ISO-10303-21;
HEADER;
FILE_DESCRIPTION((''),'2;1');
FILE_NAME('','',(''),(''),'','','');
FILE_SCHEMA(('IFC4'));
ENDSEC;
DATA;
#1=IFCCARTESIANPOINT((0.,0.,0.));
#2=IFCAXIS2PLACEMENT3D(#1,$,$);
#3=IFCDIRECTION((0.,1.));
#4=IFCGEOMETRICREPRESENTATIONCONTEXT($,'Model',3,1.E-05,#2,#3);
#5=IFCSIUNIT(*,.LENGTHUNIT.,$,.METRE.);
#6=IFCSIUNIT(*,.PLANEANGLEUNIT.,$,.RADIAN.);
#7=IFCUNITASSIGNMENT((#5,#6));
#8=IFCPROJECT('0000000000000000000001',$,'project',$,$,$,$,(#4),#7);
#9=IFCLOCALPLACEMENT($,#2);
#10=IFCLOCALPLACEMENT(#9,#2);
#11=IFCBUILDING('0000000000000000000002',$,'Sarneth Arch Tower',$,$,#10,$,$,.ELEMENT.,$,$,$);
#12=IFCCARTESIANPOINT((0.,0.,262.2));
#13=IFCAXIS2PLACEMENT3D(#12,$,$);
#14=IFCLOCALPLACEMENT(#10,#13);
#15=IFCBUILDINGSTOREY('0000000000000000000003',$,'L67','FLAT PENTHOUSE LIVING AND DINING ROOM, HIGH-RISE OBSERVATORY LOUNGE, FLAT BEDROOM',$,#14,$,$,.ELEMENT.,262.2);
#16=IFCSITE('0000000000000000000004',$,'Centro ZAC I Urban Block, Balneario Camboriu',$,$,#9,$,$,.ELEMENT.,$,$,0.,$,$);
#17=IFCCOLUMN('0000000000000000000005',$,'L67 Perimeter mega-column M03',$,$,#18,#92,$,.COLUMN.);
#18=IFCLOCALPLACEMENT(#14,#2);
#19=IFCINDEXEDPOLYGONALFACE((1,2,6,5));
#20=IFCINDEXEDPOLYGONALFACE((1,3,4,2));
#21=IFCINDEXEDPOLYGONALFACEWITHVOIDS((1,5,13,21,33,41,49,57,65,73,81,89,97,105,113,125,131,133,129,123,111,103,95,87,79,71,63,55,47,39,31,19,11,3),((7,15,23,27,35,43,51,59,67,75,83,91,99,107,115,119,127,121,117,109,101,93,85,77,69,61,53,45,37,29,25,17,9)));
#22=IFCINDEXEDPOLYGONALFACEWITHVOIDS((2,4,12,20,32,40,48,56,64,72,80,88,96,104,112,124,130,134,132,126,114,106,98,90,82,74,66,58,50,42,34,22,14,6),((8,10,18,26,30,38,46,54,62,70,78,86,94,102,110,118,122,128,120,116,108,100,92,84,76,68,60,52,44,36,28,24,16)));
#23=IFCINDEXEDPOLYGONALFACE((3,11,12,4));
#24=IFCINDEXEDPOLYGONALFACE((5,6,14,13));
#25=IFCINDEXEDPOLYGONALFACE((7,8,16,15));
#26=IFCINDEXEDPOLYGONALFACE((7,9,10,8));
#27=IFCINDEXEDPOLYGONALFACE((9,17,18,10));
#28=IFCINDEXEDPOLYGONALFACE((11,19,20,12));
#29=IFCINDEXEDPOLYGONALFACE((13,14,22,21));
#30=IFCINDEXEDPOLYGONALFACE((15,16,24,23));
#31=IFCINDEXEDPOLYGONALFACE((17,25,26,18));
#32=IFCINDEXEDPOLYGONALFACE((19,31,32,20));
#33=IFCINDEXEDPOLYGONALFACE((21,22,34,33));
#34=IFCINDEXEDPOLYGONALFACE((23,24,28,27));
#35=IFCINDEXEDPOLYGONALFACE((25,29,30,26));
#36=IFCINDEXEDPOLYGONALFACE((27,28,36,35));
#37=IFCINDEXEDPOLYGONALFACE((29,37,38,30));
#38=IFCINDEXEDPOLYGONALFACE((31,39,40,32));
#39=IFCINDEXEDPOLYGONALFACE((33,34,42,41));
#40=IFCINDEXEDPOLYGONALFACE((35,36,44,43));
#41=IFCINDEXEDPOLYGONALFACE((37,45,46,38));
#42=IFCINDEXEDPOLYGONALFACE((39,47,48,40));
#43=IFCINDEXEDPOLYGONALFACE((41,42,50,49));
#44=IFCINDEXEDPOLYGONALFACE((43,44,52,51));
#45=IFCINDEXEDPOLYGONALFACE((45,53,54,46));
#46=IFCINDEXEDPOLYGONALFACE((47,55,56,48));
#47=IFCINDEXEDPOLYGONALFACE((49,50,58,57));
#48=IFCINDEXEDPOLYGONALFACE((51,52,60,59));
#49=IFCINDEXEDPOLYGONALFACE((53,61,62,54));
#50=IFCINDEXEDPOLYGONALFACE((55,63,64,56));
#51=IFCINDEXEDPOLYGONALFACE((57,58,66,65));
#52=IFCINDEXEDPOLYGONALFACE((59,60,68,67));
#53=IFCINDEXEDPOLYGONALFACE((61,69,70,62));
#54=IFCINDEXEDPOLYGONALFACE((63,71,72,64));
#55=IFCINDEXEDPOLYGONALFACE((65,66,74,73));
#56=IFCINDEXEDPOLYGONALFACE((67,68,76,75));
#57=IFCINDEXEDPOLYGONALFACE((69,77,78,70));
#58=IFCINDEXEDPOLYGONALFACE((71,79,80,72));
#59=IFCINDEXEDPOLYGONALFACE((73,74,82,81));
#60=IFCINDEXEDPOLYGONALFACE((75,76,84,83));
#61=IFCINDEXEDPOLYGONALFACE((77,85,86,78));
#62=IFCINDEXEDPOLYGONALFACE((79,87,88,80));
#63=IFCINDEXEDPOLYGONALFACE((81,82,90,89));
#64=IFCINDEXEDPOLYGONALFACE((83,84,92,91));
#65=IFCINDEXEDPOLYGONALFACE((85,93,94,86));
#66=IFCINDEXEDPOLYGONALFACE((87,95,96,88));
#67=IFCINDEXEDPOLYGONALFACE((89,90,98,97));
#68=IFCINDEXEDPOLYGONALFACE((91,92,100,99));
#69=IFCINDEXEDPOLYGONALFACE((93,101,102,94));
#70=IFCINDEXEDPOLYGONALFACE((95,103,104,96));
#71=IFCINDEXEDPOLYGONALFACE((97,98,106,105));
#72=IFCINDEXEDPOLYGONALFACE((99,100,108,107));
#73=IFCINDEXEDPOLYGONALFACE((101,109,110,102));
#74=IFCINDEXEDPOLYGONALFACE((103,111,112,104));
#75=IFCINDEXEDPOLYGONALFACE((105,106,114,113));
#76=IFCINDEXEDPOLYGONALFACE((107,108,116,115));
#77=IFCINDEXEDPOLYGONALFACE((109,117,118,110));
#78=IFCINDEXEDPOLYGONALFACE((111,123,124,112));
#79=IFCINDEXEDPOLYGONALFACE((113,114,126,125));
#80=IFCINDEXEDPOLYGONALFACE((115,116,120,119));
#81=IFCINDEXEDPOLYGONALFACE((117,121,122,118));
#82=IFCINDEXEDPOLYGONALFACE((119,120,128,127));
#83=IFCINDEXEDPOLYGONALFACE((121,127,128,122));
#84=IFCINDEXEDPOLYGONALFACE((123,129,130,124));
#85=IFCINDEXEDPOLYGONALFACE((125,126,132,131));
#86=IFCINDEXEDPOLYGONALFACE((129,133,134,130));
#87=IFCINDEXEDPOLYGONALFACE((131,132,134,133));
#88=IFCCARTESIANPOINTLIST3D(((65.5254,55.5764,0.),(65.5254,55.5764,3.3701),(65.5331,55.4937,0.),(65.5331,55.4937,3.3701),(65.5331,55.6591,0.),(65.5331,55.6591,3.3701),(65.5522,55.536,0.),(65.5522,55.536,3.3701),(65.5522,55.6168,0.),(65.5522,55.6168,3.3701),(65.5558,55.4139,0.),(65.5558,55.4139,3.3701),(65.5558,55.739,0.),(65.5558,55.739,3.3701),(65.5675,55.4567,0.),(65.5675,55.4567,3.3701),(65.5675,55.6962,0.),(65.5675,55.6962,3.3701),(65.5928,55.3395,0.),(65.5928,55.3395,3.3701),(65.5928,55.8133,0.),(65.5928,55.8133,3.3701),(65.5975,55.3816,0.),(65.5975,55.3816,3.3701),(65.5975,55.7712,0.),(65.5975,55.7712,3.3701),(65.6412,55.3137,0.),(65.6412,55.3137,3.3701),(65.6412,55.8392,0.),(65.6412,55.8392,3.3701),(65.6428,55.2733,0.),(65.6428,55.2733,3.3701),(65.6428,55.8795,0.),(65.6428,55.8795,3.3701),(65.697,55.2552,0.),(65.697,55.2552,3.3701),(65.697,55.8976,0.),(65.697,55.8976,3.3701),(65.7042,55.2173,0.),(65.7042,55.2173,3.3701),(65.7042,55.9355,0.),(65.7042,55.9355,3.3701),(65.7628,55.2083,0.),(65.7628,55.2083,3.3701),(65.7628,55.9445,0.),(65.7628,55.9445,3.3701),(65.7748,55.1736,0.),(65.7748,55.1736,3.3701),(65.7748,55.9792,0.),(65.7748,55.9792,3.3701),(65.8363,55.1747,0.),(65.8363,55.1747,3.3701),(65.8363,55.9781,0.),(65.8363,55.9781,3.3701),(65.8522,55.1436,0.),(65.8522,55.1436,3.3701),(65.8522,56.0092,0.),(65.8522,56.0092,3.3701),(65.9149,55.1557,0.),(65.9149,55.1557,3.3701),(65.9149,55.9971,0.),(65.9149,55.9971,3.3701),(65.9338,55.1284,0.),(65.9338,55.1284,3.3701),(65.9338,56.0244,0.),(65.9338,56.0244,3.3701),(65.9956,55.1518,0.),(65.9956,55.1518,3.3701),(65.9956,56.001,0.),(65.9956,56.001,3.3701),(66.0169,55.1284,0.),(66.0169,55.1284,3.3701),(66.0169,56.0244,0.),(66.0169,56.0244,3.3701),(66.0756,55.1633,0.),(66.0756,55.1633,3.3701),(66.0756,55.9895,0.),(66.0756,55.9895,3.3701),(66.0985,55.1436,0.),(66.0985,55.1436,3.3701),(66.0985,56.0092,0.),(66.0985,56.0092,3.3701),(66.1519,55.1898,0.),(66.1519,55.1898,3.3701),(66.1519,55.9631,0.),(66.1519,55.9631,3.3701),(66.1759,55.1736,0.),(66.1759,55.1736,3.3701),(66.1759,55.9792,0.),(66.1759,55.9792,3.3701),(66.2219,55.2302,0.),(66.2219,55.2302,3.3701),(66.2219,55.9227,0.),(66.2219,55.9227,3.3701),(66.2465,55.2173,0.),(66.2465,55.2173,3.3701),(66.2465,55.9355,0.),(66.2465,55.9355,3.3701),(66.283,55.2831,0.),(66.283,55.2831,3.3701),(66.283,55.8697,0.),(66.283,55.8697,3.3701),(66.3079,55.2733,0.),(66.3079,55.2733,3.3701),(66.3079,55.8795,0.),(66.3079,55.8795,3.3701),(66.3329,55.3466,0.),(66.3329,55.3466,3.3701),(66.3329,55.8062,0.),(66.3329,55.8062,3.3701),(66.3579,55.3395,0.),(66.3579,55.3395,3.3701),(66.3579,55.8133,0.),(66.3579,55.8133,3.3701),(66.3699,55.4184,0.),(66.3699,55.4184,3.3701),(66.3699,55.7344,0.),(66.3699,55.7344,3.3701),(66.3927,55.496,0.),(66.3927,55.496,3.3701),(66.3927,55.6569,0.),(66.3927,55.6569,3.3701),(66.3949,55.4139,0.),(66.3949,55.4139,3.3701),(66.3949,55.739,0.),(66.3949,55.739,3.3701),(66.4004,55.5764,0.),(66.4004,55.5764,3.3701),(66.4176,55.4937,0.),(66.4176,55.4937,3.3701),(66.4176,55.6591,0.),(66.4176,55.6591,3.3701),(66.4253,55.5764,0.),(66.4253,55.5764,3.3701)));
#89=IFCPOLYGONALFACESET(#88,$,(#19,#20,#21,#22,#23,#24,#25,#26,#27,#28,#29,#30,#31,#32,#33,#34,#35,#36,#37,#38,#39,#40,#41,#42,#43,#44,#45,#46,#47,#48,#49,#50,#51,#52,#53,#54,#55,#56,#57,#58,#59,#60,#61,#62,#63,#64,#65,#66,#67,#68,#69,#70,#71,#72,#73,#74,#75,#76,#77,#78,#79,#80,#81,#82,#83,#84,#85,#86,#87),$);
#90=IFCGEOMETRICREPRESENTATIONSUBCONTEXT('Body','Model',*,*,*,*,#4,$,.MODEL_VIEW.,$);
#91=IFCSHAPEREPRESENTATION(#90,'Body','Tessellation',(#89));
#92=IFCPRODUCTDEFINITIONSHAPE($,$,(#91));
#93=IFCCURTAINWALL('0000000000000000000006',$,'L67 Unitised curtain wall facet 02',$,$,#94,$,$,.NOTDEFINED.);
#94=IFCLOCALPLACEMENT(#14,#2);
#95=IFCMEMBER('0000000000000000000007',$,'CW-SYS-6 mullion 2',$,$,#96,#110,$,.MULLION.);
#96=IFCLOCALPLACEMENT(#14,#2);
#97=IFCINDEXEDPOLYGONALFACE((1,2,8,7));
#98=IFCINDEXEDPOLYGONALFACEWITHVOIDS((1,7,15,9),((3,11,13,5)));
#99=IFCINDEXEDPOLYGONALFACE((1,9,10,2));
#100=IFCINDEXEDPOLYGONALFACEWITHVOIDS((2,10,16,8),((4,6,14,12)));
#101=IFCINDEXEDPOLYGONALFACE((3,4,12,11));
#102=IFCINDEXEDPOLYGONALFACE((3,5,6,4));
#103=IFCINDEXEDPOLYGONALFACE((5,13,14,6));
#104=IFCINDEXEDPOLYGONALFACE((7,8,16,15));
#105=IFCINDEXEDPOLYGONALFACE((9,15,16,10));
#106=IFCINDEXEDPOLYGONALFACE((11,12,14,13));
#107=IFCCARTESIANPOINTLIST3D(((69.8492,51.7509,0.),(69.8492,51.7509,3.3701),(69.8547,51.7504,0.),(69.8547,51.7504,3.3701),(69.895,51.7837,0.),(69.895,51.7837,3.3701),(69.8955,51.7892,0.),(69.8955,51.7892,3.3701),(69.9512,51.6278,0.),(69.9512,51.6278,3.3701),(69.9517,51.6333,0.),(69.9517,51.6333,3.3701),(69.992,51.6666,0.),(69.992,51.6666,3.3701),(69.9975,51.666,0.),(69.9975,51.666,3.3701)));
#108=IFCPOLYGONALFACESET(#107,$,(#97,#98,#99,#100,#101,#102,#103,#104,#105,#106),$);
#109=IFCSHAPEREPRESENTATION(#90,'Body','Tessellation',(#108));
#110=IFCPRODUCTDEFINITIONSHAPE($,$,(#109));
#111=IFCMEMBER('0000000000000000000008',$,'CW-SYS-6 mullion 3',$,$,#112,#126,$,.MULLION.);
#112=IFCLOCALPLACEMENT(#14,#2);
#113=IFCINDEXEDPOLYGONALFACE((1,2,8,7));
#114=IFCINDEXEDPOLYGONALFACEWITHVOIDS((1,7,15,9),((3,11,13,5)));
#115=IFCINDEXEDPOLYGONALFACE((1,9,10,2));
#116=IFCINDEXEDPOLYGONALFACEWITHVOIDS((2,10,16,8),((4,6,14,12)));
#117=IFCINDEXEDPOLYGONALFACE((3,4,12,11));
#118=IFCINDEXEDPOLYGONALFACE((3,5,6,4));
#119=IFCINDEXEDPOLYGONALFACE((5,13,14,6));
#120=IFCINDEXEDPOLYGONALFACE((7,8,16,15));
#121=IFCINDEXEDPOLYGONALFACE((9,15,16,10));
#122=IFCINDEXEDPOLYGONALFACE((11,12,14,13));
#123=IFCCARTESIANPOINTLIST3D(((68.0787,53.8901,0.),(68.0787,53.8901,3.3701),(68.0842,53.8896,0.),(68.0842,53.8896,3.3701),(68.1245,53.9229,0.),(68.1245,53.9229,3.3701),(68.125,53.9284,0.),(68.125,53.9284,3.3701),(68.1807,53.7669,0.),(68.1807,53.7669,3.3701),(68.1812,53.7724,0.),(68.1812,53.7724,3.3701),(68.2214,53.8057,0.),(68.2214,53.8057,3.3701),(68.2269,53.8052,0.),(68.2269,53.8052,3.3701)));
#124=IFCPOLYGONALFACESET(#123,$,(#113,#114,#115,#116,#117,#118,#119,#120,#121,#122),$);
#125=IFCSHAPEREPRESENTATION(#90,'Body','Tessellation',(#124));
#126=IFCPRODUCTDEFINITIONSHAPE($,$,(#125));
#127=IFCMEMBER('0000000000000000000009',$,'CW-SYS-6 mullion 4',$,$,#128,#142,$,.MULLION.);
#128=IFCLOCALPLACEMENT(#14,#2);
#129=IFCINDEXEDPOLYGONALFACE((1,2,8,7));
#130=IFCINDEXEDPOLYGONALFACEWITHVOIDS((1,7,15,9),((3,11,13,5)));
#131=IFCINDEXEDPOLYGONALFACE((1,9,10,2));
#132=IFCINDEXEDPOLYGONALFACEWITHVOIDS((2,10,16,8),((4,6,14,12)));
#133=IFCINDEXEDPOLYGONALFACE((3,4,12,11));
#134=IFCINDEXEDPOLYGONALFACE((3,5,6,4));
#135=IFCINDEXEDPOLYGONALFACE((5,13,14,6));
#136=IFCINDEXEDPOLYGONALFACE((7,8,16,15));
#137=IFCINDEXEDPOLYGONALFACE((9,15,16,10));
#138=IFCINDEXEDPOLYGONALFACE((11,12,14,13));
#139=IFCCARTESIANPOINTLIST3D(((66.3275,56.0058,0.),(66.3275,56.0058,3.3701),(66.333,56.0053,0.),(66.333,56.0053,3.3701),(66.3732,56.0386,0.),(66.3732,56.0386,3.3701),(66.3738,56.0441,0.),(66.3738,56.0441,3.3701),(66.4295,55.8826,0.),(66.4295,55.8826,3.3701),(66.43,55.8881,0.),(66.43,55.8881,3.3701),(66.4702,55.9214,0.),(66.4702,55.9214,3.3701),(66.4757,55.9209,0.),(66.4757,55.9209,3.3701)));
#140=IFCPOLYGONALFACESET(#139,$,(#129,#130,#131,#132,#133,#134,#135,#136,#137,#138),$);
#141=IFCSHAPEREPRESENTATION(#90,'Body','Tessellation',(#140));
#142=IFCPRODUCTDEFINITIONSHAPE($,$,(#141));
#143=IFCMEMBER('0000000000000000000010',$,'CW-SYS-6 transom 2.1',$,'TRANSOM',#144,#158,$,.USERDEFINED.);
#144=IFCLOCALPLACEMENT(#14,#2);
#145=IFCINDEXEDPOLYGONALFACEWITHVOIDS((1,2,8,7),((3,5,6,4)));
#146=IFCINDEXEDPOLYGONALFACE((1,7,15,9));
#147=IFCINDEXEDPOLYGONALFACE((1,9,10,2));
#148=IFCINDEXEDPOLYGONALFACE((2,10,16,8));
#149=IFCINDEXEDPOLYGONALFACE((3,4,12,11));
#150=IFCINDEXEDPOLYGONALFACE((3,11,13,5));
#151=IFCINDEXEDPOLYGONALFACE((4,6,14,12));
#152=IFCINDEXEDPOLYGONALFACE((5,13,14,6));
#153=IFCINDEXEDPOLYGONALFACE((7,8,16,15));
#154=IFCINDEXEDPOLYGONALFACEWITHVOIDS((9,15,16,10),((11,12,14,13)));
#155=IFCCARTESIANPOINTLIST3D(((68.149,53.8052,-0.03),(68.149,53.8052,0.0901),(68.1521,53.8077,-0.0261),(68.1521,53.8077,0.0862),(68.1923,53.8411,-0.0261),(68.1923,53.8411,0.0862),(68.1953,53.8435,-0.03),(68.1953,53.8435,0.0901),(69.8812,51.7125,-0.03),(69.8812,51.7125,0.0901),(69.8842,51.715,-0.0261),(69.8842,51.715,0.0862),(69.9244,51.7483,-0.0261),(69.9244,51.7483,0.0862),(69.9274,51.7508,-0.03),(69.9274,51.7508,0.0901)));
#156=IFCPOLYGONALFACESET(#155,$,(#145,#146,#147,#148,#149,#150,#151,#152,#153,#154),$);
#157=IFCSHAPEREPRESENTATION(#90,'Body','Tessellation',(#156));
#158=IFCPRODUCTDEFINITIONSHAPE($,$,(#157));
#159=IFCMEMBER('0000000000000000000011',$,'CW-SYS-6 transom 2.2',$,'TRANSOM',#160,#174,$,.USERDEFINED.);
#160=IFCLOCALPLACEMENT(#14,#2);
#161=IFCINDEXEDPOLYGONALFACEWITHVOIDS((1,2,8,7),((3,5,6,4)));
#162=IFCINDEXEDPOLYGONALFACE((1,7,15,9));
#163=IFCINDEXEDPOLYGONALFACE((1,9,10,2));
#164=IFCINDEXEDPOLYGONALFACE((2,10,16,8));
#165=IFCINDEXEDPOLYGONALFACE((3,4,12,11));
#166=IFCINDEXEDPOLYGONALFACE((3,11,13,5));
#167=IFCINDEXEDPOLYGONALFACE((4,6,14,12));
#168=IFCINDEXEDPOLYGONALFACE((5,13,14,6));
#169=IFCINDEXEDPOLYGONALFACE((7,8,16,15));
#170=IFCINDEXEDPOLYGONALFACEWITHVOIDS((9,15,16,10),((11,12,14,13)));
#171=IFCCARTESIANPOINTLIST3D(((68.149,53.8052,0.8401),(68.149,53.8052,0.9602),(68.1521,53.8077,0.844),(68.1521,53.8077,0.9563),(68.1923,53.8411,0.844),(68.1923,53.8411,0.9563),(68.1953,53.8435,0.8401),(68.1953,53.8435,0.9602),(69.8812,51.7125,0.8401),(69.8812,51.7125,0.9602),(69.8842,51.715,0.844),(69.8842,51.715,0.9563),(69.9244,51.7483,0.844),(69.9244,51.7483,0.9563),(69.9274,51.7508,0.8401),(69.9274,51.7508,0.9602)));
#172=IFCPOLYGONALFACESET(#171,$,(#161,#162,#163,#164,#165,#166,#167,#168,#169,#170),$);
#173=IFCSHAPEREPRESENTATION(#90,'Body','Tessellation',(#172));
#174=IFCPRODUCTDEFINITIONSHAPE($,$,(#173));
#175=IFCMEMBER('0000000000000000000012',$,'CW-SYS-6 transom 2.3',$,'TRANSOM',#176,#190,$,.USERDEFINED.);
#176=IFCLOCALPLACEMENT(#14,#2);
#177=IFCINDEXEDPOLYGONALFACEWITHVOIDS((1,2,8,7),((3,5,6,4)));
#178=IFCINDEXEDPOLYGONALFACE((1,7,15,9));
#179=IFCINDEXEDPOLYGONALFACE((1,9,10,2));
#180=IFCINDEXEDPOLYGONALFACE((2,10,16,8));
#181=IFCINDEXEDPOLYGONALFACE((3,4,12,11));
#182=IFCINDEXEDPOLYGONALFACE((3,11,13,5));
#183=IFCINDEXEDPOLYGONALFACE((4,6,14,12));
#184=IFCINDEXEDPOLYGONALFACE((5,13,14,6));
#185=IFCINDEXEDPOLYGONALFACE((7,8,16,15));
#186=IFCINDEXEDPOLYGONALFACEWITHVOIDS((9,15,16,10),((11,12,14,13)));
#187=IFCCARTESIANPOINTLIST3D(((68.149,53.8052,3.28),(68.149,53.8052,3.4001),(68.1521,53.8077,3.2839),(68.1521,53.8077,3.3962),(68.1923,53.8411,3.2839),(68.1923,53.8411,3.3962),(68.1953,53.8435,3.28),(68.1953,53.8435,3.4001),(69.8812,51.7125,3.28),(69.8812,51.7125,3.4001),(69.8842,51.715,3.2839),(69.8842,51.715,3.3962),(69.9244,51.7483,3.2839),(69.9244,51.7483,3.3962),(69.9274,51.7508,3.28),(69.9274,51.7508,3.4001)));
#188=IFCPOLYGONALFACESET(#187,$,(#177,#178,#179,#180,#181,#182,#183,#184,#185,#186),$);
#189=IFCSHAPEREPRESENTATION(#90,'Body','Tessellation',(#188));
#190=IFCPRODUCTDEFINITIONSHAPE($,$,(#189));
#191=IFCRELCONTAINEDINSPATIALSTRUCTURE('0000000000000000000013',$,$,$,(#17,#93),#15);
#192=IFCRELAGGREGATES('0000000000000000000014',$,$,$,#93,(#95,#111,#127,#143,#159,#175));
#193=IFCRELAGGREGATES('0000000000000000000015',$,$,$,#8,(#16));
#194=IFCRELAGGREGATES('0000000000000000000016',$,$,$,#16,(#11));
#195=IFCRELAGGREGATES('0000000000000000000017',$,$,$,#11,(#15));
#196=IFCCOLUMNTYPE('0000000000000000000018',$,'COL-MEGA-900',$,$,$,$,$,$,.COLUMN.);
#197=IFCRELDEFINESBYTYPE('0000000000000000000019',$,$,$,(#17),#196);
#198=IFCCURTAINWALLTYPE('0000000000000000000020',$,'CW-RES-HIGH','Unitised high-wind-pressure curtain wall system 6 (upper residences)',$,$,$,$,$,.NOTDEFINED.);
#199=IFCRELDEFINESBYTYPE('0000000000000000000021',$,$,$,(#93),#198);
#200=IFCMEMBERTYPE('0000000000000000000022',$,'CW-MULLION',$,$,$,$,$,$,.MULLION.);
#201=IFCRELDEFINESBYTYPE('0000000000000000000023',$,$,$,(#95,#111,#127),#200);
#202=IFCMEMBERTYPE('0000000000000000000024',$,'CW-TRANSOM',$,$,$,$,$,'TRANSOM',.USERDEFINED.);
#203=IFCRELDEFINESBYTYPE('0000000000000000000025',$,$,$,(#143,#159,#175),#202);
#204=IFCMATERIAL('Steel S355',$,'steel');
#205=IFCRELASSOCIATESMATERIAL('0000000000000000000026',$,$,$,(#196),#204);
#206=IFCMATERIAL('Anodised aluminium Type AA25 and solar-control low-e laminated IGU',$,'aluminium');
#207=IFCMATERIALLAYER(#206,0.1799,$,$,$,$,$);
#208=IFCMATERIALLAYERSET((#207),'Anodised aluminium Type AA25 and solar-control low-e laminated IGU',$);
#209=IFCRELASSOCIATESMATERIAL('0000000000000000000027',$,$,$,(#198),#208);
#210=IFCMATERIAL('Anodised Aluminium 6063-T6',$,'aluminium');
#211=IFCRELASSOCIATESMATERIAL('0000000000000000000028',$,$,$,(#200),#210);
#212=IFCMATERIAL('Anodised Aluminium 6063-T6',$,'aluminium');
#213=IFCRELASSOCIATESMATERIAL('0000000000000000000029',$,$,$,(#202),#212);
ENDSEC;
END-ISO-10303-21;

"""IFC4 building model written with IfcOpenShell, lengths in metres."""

from ifc_helpers import new_model, si_unit, direction, frame, origin, origin_2d, place, context, subcontext, project, spatial, hollow_rectangle, hollow_circle, extrude, material, layer, layer_set, material_profile, profile_set, type_object, element, aggregate, save


model = new_model("IFC4")

# Units and contexts
model_context = context("Model", 3, precision=1e-05, world=origin(), true_north=direction((0.0, 1.0)))
body_context = subcontext(model_context, "Body", "Model", "MODEL_VIEW")
ifc_project = project(units=[si_unit("LENGTHUNIT", "METRE"), si_unit("PLANEANGLEUNIT", "RADIAN")], contexts=[model_context])

# Site, building, storey
site_placement = place(None, origin())
site = spatial("IfcSite", under=ifc_project, at=site_placement, Name="Centro ZAC I Urban Block, Balneario Camboriu", CompositionType="ELEMENT", RefElevation=0.0)
building_placement = place(site_placement, origin())
building = spatial("IfcBuilding", under=site, at=building_placement, Name="Sarneth Arch Tower", CompositionType="ELEMENT")
storey_placement = place(building_placement, frame((0.0, 0.0, 262.2)))
storey = spatial("IfcBuildingStorey", under=building, at=storey_placement, Name="L67", Description="FLAT PENTHOUSE LIVING AND DINING ROOM, HIGH-RISE OBSERVATORY LOUNGE, FLAT BEDROOM", CompositionType="ELEMENT", Elevation=262.2)

# Column
ifc_material_1 = material(Name="Steel S355", Category="steel")
ifc_material_profile_1 = material_profile(ifc_material_1, hollow_circle(Radius=0.45, WallThickness=0.0249, at=origin_2d()), Name="CHS900x25")
ifc_profile_set_1 = profile_set([ifc_material_profile_1], Name="Steel S355")
column_type = type_object("IfcColumnType", Name="COL-MEGA-900", PredefinedType="COLUMN", material=ifc_profile_set_1)
column_placement = place(storey_placement, frame((65.9753, 55.5764, 0.0), z_axis=(0.0, 0.0, 1.0), x_axis=(1.0, 0.0, 0.0)))
element("IfcColumn", 1, at=column_placement, inside=storey, type_object=column_type, Name="L67 Perimeter mega-column M03", PredefinedType="COLUMN", context=body_context, shape_type="SweptSolid", body=[
    extrude(hollow_circle(Radius=0.45, WallThickness=0.0249, at=origin_2d()), origin(), (0.0, 0.0, 1.0), 3.3701),
])

# Curtain wall, members
ifc_material_2 = material(Name="Anodised aluminium Type AA25 and solar-control low-e laminated IGU", Category="aluminium")
ifc_layer_1 = layer(ifc_material_2, 0.1799)
ifc_layer_set_1 = layer_set([ifc_layer_1], Name="Anodised aluminium Type AA25 and solar-control low-e laminated IGU")
curtain_wall_type = type_object("IfcCurtainWallType", Name="CW-RES-HIGH", Description="Unitised high-wind-pressure curtain wall system 6 (upper residences)", PredefinedType="NOTDEFINED", material=ifc_layer_set_1)
curtain_wall_placement = place(storey_placement, origin())
curtain_wall = element("IfcCurtainWall", 2, at=curtain_wall_placement, inside=storey, type_object=curtain_wall_type, Name="L67 Unitised curtain wall facet 02", PredefinedType="NOTDEFINED")
ifc_material_3 = material(Name="Anodised Aluminium 6063-T6", Category="aluminium")
ifc_material_profile_2 = material_profile(ifc_material_3, hollow_rectangle(XDim=0.0601, YDim=0.1599, WallThickness=0.0039, at=origin_2d()), Name="AL-MULL-160x60x4")
ifc_profile_set_2 = profile_set([ifc_material_profile_2], Name="Anodised Aluminium 6063-T6")
member_type_1 = type_object("IfcMemberType", Name="CW-MULLION", PredefinedType="MULLION", material=ifc_profile_set_2)
member_1_placement = place(storey_placement, frame((69.9233, 51.7085, 0.0), z_axis=(0.0, 0.0, 1.0), x_axis=(-0.770359, -0.63761, 0.0)))
member_1 = element("IfcMember", 3, at=member_1_placement, type_object=member_type_1, Name="CW-SYS-6 mullion 2", PredefinedType="MULLION", context=body_context, shape_type="SweptSolid", body=[
    extrude(hollow_rectangle(XDim=0.0601, YDim=0.1599, WallThickness=0.0039, at=origin_2d()), origin(), (0.0, 0.0, 1.0), 3.3701),
])
member_2_placement = place(storey_placement, frame((68.1528, 53.8477, 0.0), z_axis=(0.0, 0.0, 1.0), x_axis=(-0.770359, -0.63761, 0.0)))
member_2 = element("IfcMember", 4, at=member_2_placement, type_object=member_type_1, Name="CW-SYS-6 mullion 3", PredefinedType="MULLION", context=body_context, shape_type="SweptSolid", body=[
    extrude(hollow_rectangle(XDim=0.0601, YDim=0.1599, WallThickness=0.0039, at=origin_2d()), origin(), (0.0, 0.0, 1.0), 3.3701),
])
member_3_placement = place(storey_placement, frame((66.4016, 55.9634, 0.0), z_axis=(0.0, 0.0, 1.0), x_axis=(-0.770359, -0.63761, 0.0)))
member_3 = element("IfcMember", 5, at=member_3_placement, type_object=member_type_1, Name="CW-SYS-6 mullion 4", PredefinedType="MULLION", context=body_context, shape_type="SweptSolid", body=[
    extrude(hollow_rectangle(XDim=0.0601, YDim=0.1599, WallThickness=0.0039, at=origin_2d()), origin(), (0.0, 0.0, 1.0), 3.3701),
])
ifc_material_4 = material(Name="Anodised Aluminium 6063-T6", Category="aluminium")
ifc_material_profile_3 = material_profile(ifc_material_4, hollow_rectangle(XDim=0.0601, YDim=0.1201, WallThickness=0.0039, at=origin_2d()), Name="AL-TRAN-120x60x4")
ifc_profile_set_3 = profile_set([ifc_material_profile_3], Name="Anodised Aluminium 6063-T6")
member_type_2 = type_object("IfcMemberType", Name="CW-TRANSOM", ElementType="TRANSOM", PredefinedType="USERDEFINED", material=ifc_profile_set_3)
member_4_placement = place(storey_placement, frame((69.9043, 51.7317, 0.03), z_axis=(-0.637617, 0.770353, 0.0), x_axis=(-0.770353, -0.637617, 0.0)))
member_4 = element("IfcMember", 6, at=member_4_placement, type_object=member_type_2, Name="CW-SYS-6 transom 2.1", ObjectType="TRANSOM", PredefinedType="USERDEFINED", context=body_context, shape_type="SweptSolid", body=[
    extrude(hollow_rectangle(XDim=0.0601, YDim=0.1201, WallThickness=0.0039, at=origin_2d()), origin(), (0.0, 0.0, 1.0), 2.7166),
])
member_5_placement = place(storey_placement, frame((69.9043, 51.7317, 0.9001), z_axis=(-0.637617, 0.770353, 0.0), x_axis=(-0.770353, -0.637617, 0.0)))
member_5 = element("IfcMember", 7, at=member_5_placement, type_object=member_type_2, Name="CW-SYS-6 transom 2.2", ObjectType="TRANSOM", PredefinedType="USERDEFINED", context=body_context, shape_type="SweptSolid", body=[
    extrude(hollow_rectangle(XDim=0.0601, YDim=0.1201, WallThickness=0.0039, at=origin_2d()), origin(), (0.0, 0.0, 1.0), 2.7166),
])
member_6_placement = place(storey_placement, frame((69.9043, 51.7317, 3.3401), z_axis=(-0.637617, 0.770353, 0.0), x_axis=(-0.770353, -0.637617, 0.0)))
member_6 = element("IfcMember", 8, at=member_6_placement, type_object=member_type_2, Name="CW-SYS-6 transom 2.3", ObjectType="TRANSOM", PredefinedType="USERDEFINED", context=body_context, shape_type="SweptSolid", body=[
    extrude(hollow_rectangle(XDim=0.0601, YDim=0.1201, WallThickness=0.0039, at=origin_2d()), origin(), (0.0, 0.0, 1.0), 2.7166),
])

aggregate(curtain_wall, [member_1, member_2, member_3, member_4, member_5, member_6])

save(model, "model.ifc")
